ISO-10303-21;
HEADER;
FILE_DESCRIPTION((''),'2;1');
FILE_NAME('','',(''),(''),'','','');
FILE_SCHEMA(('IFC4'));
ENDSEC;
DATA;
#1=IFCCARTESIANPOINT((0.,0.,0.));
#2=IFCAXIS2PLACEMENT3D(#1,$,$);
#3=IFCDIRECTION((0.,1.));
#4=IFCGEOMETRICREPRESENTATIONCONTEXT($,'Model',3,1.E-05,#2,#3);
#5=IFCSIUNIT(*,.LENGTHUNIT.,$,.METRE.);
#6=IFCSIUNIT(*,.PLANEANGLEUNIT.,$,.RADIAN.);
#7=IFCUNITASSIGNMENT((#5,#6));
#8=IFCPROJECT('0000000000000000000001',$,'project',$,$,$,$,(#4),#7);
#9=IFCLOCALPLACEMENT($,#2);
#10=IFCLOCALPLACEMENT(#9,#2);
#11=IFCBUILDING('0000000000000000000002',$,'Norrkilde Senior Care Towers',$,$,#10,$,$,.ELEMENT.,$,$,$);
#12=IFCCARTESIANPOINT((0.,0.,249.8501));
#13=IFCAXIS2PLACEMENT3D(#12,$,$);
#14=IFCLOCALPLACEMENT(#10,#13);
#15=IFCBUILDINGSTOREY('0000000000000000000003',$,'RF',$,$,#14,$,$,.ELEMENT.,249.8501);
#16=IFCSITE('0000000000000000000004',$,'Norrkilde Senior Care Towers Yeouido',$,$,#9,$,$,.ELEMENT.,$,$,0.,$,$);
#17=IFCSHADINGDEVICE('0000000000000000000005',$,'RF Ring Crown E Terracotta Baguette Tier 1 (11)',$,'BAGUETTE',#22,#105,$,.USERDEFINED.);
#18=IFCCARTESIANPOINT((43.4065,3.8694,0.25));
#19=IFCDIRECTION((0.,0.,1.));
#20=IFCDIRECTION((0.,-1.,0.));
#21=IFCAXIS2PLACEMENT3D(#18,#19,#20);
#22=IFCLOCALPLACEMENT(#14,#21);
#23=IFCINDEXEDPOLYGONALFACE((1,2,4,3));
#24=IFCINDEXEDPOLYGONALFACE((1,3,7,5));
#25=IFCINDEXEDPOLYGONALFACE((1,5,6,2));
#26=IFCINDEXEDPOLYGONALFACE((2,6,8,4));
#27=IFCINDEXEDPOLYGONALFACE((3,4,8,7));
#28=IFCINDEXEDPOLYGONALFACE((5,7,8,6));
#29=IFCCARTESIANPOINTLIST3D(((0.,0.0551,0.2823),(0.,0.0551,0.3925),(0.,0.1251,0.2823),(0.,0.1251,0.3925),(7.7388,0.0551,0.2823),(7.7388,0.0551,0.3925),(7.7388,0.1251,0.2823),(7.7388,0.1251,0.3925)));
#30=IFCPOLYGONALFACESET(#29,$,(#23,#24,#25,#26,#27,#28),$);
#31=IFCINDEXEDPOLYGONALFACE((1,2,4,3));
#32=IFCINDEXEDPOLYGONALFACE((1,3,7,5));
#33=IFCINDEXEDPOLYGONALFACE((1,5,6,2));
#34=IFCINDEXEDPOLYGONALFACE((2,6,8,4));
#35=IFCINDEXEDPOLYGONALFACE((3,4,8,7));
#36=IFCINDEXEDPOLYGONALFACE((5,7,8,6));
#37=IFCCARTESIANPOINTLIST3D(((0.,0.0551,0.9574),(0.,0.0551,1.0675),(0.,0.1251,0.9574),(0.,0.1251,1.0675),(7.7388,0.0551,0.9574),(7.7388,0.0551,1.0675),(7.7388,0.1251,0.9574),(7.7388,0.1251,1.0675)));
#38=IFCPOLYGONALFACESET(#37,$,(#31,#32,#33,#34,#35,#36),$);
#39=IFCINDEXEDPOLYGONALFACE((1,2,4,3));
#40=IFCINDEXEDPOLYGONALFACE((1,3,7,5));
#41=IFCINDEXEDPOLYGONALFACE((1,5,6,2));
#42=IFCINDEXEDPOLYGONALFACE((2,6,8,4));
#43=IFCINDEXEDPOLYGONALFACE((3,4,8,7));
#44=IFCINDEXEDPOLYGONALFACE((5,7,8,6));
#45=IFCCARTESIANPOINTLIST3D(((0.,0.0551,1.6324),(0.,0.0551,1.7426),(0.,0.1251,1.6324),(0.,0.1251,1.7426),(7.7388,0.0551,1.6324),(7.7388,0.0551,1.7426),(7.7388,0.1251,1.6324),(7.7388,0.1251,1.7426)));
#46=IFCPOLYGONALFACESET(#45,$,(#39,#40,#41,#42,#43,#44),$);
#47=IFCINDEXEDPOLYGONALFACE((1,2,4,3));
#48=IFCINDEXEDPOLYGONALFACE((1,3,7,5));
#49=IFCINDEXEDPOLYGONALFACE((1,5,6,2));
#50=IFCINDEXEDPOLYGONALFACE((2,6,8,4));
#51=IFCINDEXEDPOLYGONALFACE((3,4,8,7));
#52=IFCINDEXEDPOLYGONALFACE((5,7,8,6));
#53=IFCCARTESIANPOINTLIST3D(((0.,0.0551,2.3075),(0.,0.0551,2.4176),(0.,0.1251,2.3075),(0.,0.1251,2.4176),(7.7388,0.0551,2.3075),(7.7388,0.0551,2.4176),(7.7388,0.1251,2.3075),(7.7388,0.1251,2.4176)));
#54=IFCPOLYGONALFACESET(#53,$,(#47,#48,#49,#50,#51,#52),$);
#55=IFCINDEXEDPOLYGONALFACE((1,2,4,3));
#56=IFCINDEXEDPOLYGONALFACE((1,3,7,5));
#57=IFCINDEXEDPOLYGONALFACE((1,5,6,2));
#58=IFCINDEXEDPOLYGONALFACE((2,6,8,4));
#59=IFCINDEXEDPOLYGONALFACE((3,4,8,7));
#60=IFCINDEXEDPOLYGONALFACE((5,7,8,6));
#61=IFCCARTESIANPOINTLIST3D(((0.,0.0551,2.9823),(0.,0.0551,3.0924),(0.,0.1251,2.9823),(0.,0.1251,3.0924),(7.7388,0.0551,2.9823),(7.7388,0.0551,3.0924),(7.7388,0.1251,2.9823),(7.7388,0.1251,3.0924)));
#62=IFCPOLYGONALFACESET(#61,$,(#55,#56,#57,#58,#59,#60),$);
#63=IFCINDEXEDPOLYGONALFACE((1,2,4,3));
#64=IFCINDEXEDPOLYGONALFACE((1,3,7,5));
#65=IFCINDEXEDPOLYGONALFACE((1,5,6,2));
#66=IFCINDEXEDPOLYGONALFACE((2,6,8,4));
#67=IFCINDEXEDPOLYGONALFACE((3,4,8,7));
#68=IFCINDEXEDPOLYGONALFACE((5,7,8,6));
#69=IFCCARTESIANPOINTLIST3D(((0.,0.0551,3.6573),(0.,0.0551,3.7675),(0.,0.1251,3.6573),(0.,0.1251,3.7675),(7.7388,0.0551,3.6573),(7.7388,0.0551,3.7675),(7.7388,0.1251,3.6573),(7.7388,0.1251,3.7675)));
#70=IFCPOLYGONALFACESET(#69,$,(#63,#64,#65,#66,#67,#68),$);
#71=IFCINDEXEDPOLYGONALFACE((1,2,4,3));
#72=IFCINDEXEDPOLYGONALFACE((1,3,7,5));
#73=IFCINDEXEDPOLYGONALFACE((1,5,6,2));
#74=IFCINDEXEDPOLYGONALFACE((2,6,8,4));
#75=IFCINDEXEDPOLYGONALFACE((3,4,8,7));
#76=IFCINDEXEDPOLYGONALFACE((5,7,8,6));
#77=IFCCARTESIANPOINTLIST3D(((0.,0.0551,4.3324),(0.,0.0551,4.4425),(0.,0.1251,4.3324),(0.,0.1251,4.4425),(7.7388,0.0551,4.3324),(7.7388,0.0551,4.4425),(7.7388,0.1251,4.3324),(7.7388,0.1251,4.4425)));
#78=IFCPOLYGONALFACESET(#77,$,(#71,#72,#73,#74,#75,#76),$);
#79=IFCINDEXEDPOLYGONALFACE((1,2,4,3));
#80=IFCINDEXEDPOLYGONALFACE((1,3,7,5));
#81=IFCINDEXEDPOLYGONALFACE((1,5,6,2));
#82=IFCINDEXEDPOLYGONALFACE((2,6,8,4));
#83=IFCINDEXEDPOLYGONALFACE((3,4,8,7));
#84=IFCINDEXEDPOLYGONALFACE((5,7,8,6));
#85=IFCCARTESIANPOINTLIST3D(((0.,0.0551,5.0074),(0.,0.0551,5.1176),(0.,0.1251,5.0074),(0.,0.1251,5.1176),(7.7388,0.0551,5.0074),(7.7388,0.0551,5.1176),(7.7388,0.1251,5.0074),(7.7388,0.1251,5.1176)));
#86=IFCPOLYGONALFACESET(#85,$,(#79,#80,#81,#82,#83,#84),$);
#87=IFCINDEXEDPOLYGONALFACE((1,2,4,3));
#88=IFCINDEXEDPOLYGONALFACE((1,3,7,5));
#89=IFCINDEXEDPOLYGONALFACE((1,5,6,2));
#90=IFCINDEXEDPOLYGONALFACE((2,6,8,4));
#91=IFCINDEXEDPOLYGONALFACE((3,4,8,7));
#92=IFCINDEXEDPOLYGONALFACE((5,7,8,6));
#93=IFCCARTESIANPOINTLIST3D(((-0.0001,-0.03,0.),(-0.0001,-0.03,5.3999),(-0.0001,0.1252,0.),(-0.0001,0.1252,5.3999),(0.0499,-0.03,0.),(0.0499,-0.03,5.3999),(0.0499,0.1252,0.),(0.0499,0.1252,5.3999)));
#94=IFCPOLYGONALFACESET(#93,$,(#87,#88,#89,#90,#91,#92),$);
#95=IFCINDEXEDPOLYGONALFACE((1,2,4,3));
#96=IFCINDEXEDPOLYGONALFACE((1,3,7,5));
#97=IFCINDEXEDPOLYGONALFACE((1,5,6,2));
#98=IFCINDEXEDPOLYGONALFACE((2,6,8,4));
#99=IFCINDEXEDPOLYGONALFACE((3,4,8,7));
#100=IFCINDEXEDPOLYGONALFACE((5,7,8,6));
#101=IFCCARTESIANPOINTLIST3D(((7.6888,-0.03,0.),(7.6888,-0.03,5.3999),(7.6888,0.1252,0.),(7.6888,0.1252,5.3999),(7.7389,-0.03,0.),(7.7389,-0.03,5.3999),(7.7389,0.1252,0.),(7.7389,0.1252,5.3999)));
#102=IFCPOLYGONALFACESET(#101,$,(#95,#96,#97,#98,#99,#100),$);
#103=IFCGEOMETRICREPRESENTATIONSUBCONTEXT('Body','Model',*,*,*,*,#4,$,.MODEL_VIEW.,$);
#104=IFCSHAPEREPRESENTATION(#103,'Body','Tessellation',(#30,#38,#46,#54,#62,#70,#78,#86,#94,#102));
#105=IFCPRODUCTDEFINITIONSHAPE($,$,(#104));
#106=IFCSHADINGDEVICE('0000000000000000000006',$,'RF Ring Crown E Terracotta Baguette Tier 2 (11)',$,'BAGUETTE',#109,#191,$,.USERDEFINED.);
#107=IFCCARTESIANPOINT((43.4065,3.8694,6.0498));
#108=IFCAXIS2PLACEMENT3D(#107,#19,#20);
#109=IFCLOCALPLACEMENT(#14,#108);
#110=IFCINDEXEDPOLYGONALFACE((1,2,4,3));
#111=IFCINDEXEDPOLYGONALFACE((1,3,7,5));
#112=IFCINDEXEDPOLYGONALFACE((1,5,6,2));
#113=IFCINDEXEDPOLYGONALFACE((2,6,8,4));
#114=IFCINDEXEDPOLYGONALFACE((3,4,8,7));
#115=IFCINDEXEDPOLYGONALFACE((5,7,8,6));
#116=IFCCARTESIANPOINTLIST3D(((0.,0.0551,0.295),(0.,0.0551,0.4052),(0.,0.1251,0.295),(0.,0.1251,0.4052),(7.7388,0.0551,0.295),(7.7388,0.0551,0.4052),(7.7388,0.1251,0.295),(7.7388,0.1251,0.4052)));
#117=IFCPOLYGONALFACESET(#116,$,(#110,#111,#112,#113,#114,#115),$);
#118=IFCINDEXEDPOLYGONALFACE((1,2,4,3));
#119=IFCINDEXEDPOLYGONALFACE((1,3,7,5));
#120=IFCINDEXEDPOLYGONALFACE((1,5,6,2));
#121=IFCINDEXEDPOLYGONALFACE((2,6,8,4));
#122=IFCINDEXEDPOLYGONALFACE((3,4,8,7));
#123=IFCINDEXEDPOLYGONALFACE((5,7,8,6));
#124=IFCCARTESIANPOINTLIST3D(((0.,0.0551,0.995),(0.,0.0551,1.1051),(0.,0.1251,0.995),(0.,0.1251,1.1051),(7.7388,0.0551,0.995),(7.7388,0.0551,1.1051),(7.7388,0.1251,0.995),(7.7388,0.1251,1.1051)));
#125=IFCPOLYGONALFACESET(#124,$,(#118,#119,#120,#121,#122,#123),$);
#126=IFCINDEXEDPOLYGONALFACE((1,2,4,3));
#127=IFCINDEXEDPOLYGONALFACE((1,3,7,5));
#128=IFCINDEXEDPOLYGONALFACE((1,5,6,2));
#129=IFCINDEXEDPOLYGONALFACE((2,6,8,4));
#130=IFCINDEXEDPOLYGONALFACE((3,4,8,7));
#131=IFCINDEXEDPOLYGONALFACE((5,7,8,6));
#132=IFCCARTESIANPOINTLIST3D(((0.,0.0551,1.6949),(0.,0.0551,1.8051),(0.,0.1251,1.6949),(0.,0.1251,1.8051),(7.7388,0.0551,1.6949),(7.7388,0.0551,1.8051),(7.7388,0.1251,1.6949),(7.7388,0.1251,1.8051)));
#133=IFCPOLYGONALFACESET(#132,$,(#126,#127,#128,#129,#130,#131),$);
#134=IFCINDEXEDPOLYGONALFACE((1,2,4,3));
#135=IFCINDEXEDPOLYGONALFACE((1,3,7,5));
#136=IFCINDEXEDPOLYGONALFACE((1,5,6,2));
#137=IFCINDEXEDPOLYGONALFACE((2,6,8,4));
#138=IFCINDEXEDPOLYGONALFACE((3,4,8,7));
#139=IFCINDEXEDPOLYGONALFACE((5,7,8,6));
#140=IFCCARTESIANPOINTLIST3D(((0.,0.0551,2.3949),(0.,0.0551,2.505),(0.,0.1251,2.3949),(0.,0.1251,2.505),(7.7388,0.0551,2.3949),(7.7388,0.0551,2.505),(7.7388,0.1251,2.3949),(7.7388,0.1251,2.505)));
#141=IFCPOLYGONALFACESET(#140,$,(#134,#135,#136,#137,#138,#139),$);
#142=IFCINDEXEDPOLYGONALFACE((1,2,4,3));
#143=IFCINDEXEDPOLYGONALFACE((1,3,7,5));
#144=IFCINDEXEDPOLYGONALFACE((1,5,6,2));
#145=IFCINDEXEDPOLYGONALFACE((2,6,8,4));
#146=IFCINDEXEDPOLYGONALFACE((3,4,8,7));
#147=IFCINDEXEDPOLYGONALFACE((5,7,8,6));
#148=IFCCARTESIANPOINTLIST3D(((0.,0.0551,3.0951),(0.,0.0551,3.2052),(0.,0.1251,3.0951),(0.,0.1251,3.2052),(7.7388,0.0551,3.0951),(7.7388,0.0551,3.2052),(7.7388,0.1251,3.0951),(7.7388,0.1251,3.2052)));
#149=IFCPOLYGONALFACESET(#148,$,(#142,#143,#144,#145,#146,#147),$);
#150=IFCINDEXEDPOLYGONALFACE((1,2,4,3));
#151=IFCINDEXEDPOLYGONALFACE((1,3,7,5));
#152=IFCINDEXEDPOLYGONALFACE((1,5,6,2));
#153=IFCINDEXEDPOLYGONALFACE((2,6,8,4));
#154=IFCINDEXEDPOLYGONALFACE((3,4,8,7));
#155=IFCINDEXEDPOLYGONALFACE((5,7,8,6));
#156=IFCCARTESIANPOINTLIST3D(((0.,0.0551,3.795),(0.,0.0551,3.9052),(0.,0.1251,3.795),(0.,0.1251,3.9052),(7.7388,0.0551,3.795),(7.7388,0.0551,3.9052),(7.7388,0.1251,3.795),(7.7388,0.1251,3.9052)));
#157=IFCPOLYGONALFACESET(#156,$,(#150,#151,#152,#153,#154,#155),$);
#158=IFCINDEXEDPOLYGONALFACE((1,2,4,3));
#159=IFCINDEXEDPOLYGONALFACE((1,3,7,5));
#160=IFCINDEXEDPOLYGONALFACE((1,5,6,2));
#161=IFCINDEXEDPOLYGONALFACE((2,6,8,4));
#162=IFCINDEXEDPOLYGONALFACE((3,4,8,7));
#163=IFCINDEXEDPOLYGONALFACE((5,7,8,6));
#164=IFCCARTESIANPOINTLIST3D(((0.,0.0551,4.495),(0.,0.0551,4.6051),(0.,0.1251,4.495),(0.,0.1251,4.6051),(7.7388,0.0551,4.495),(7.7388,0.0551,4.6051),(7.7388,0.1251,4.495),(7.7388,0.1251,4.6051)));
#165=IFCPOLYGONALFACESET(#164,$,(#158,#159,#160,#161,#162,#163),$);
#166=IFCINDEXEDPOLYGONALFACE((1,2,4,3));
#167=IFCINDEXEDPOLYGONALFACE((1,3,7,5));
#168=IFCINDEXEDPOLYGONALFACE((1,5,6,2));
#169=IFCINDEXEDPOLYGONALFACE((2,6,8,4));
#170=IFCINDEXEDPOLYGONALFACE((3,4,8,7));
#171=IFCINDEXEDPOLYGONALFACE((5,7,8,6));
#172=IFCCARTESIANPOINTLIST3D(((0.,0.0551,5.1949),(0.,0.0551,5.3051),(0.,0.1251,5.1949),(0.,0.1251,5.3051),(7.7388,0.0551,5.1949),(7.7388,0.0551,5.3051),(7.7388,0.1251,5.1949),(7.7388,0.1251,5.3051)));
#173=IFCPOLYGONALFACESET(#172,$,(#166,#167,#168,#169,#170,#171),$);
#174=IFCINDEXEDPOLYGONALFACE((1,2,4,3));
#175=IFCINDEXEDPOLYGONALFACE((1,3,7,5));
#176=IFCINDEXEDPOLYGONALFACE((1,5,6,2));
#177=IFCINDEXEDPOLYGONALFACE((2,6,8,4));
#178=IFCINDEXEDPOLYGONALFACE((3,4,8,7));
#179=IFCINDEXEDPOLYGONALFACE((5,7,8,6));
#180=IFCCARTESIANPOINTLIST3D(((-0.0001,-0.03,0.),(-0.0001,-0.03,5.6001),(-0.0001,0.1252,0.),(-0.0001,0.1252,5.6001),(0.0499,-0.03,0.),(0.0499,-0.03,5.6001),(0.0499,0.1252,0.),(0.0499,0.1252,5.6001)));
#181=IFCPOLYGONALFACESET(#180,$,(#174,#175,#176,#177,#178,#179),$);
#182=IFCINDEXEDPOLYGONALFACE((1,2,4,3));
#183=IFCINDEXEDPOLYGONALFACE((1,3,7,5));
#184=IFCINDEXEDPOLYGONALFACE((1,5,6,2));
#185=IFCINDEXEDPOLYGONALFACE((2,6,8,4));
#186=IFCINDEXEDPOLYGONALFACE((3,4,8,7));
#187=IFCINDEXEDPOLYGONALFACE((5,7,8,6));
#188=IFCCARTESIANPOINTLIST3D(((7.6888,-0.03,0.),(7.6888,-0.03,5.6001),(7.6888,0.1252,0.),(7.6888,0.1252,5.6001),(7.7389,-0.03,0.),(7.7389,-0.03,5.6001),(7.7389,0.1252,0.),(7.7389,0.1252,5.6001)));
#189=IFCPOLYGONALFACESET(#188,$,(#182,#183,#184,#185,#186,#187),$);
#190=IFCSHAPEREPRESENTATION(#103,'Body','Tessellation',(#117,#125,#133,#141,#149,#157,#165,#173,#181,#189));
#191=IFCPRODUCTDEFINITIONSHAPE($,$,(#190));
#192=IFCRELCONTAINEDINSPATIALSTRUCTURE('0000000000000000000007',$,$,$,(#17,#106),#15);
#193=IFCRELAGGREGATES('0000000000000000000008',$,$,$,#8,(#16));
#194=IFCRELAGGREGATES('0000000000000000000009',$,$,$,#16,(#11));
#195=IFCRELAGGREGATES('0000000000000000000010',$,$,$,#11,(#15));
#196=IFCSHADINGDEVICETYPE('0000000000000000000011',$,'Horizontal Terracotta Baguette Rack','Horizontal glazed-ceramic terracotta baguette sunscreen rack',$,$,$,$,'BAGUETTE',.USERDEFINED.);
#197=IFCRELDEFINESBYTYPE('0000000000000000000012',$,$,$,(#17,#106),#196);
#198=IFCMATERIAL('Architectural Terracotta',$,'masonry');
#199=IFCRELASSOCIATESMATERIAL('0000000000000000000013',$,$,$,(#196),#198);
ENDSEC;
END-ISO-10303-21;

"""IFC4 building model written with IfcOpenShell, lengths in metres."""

from ifc_helpers import new_model, si_unit, direction, frame, origin, origin_2d, place, context, subcontext, project, spatial, rectangle, extrude, source, transform, mapped, material, type_object, element, save


model = new_model("IFC4")

# Units and contexts
model_context = context("Model", 3, precision=1e-05, world=origin(), true_north=direction((0.0, 1.0)))
body_context = subcontext(model_context, "Body", "Model", "MODEL_VIEW")
ifc_project = project(units=[si_unit("LENGTHUNIT", "METRE"), si_unit("PLANEANGLEUNIT", "RADIAN")], contexts=[model_context])

# Site, building, storey
site_placement = place(None, origin())
site = spatial("IfcSite", under=ifc_project, at=site_placement, Name="Norrkilde Senior Care Towers Yeouido", CompositionType="ELEMENT", RefElevation=0.0)
building_placement = place(site_placement, origin())
building = spatial("IfcBuilding", under=site, at=building_placement, Name="Norrkilde Senior Care Towers", CompositionType="ELEMENT")
storey_placement = place(building_placement, frame((0.0, 0.0, 249.8501)))
storey = spatial("IfcBuildingStorey", under=building, at=storey_placement, Name="RF", CompositionType="ELEMENT", Elevation=249.8501)

# Shared definitions
ifc_material_1 = material(Name="Architectural Terracotta", Category="masonry")

# Shading devices
shading_device_type = type_object("IfcShadingDeviceType", Name="Horizontal Terracotta Baguette Rack", Description="Horizontal glazed-ceramic terracotta baguette sunscreen rack", ElementType="BAGUETTE", PredefinedType="USERDEFINED", material=ifc_material_1)
shared_shape_1 = source(origin(), body_context, "Body", "SweptSolid", [
    extrude(rectangle(XDim=0.0701, YDim=0.1101, at=origin_2d()), frame((0.0, 0.0901, 0.3374), z_axis=(1.0, 0.0, 0.0), x_axis=(0.0, 1.0, 0.0)), (0.0, 0.0, 1.0), 7.7388),
    extrude(rectangle(XDim=0.0701, YDim=0.1101, at=origin_2d()), frame((0.0, 0.0901, 1.0125), z_axis=(1.0, 0.0, 0.0), x_axis=(0.0, 1.0, 0.0)), (0.0, 0.0, 1.0), 7.7388),
    extrude(rectangle(XDim=0.0701, YDim=0.1101, at=origin_2d()), frame((0.0, 0.0901, 1.6875), z_axis=(1.0, 0.0, 0.0), x_axis=(0.0, 1.0, 0.0)), (0.0, 0.0, 1.0), 7.7388),
    extrude(rectangle(XDim=0.0701, YDim=0.1101, at=origin_2d()), frame((0.0, 0.0901, 2.3625), z_axis=(1.0, 0.0, 0.0), x_axis=(0.0, 1.0, 0.0)), (0.0, 0.0, 1.0), 7.7388),
    extrude(rectangle(XDim=0.0701, YDim=0.1101, at=origin_2d()), frame((0.0, 0.0901, 3.0374), z_axis=(1.0, 0.0, 0.0), x_axis=(0.0, 1.0, 0.0)), (0.0, 0.0, 1.0), 7.7388),
    extrude(rectangle(XDim=0.0701, YDim=0.1101, at=origin_2d()), frame((0.0, 0.0901, 3.7124), z_axis=(1.0, 0.0, 0.0), x_axis=(0.0, 1.0, 0.0)), (0.0, 0.0, 1.0), 7.7388),
    extrude(rectangle(XDim=0.0701, YDim=0.1101, at=origin_2d()), frame((0.0, 0.0901, 4.3875), z_axis=(1.0, 0.0, 0.0), x_axis=(0.0, 1.0, 0.0)), (0.0, 0.0, 1.0), 7.7388),
    extrude(rectangle(XDim=0.0701, YDim=0.1101, at=origin_2d()), frame((0.0, 0.0901, 5.0625), z_axis=(1.0, 0.0, 0.0), x_axis=(0.0, 1.0, 0.0)), (0.0, 0.0, 1.0), 7.7388),
    extrude(rectangle(XDim=0.05, YDim=0.1553, at=origin_2d()), frame((0.0249, 0.0476, 0.0)), (0.0, 0.0, 1.0), 5.3999),
    extrude(rectangle(XDim=0.05, YDim=0.1553, at=origin_2d()), frame((7.7139, 0.0476, 0.0)), (0.0, 0.0, 1.0), 5.3999),
])
shading_device_1_placement = place(storey_placement, frame((43.4065, 3.8694, 0.25), z_axis=(0.0, 0.0, 1.0), x_axis=(0.0, -1.0, 0.0)))
element("IfcShadingDevice", 1, at=shading_device_1_placement, inside=storey, type_object=shading_device_type, Name="RF Ring Crown E Terracotta Baguette Tier 1 (11)", ObjectType="BAGUETTE", PredefinedType="USERDEFINED", context=body_context, shape_type="MappedRepresentation", body=[
    mapped(shared_shape_1, transform((0.0, 0.0, 0.0), x_axis=(1.0, 0.0, 0.0), y_axis=(0.0, 1.0, 0.0), z_axis=(0.0, 0.0, 1.0), scale=1.0)),
])
shared_shape_2 = source(origin(), body_context, "Body", "SweptSolid", [
    extrude(rectangle(XDim=0.0701, YDim=0.1101, at=origin_2d()), frame((0.0, 0.0901, 0.3501), z_axis=(1.0, 0.0, 0.0), x_axis=(0.0, 1.0, 0.0)), (0.0, 0.0, 1.0), 7.7388),
    extrude(rectangle(XDim=0.0701, YDim=0.1101, at=origin_2d()), frame((0.0, 0.0901, 1.05), z_axis=(1.0, 0.0, 0.0), x_axis=(0.0, 1.0, 0.0)), (0.0, 0.0, 1.0), 7.7388),
    extrude(rectangle(XDim=0.0701, YDim=0.1101, at=origin_2d()), frame((0.0, 0.0901, 1.75), z_axis=(1.0, 0.0, 0.0), x_axis=(0.0, 1.0, 0.0)), (0.0, 0.0, 1.0), 7.7388),
    extrude(rectangle(XDim=0.0701, YDim=0.1101, at=origin_2d()), frame((0.0, 0.0901, 2.45), z_axis=(1.0, 0.0, 0.0), x_axis=(0.0, 1.0, 0.0)), (0.0, 0.0, 1.0), 7.7388),
    extrude(rectangle(XDim=0.0701, YDim=0.1101, at=origin_2d()), frame((0.0, 0.0901, 3.1501), z_axis=(1.0, 0.0, 0.0), x_axis=(0.0, 1.0, 0.0)), (0.0, 0.0, 1.0), 7.7388),
    extrude(rectangle(XDim=0.0701, YDim=0.1101, at=origin_2d()), frame((0.0, 0.0901, 3.8501), z_axis=(1.0, 0.0, 0.0), x_axis=(0.0, 1.0, 0.0)), (0.0, 0.0, 1.0), 7.7388),
    extrude(rectangle(XDim=0.0701, YDim=0.1101, at=origin_2d()), frame((0.0, 0.0901, 4.55), z_axis=(1.0, 0.0, 0.0), x_axis=(0.0, 1.0, 0.0)), (0.0, 0.0, 1.0), 7.7388),
    extrude(rectangle(XDim=0.0701, YDim=0.1101, at=origin_2d()), frame((0.0, 0.0901, 5.25), z_axis=(1.0, 0.0, 0.0), x_axis=(0.0, 1.0, 0.0)), (0.0, 0.0, 1.0), 7.7388),
    extrude(rectangle(XDim=0.05, YDim=0.1553, at=origin_2d()), frame((0.0249, 0.0476, 0.0)), (0.0, 0.0, 1.0), 5.6001),
    extrude(rectangle(XDim=0.05, YDim=0.1553, at=origin_2d()), frame((7.7139, 0.0476, 0.0)), (0.0, 0.0, 1.0), 5.6001),
])
shading_device_2_placement = place(storey_placement, frame((43.4065, 3.8694, 6.0498), z_axis=(0.0, 0.0, 1.0), x_axis=(0.0, -1.0, 0.0)))
element("IfcShadingDevice", 2, at=shading_device_2_placement, inside=storey, type_object=shading_device_type, Name="RF Ring Crown E Terracotta Baguette Tier 2 (11)", ObjectType="BAGUETTE", PredefinedType="USERDEFINED", context=body_context, shape_type="MappedRepresentation", body=[
    mapped(shared_shape_2, transform((0.0, 0.0, 0.0), x_axis=(1.0, 0.0, 0.0), y_axis=(0.0, 1.0, 0.0), z_axis=(0.0, 0.0, 1.0), scale=1.0)),
])

save(model, "model.ifc")
